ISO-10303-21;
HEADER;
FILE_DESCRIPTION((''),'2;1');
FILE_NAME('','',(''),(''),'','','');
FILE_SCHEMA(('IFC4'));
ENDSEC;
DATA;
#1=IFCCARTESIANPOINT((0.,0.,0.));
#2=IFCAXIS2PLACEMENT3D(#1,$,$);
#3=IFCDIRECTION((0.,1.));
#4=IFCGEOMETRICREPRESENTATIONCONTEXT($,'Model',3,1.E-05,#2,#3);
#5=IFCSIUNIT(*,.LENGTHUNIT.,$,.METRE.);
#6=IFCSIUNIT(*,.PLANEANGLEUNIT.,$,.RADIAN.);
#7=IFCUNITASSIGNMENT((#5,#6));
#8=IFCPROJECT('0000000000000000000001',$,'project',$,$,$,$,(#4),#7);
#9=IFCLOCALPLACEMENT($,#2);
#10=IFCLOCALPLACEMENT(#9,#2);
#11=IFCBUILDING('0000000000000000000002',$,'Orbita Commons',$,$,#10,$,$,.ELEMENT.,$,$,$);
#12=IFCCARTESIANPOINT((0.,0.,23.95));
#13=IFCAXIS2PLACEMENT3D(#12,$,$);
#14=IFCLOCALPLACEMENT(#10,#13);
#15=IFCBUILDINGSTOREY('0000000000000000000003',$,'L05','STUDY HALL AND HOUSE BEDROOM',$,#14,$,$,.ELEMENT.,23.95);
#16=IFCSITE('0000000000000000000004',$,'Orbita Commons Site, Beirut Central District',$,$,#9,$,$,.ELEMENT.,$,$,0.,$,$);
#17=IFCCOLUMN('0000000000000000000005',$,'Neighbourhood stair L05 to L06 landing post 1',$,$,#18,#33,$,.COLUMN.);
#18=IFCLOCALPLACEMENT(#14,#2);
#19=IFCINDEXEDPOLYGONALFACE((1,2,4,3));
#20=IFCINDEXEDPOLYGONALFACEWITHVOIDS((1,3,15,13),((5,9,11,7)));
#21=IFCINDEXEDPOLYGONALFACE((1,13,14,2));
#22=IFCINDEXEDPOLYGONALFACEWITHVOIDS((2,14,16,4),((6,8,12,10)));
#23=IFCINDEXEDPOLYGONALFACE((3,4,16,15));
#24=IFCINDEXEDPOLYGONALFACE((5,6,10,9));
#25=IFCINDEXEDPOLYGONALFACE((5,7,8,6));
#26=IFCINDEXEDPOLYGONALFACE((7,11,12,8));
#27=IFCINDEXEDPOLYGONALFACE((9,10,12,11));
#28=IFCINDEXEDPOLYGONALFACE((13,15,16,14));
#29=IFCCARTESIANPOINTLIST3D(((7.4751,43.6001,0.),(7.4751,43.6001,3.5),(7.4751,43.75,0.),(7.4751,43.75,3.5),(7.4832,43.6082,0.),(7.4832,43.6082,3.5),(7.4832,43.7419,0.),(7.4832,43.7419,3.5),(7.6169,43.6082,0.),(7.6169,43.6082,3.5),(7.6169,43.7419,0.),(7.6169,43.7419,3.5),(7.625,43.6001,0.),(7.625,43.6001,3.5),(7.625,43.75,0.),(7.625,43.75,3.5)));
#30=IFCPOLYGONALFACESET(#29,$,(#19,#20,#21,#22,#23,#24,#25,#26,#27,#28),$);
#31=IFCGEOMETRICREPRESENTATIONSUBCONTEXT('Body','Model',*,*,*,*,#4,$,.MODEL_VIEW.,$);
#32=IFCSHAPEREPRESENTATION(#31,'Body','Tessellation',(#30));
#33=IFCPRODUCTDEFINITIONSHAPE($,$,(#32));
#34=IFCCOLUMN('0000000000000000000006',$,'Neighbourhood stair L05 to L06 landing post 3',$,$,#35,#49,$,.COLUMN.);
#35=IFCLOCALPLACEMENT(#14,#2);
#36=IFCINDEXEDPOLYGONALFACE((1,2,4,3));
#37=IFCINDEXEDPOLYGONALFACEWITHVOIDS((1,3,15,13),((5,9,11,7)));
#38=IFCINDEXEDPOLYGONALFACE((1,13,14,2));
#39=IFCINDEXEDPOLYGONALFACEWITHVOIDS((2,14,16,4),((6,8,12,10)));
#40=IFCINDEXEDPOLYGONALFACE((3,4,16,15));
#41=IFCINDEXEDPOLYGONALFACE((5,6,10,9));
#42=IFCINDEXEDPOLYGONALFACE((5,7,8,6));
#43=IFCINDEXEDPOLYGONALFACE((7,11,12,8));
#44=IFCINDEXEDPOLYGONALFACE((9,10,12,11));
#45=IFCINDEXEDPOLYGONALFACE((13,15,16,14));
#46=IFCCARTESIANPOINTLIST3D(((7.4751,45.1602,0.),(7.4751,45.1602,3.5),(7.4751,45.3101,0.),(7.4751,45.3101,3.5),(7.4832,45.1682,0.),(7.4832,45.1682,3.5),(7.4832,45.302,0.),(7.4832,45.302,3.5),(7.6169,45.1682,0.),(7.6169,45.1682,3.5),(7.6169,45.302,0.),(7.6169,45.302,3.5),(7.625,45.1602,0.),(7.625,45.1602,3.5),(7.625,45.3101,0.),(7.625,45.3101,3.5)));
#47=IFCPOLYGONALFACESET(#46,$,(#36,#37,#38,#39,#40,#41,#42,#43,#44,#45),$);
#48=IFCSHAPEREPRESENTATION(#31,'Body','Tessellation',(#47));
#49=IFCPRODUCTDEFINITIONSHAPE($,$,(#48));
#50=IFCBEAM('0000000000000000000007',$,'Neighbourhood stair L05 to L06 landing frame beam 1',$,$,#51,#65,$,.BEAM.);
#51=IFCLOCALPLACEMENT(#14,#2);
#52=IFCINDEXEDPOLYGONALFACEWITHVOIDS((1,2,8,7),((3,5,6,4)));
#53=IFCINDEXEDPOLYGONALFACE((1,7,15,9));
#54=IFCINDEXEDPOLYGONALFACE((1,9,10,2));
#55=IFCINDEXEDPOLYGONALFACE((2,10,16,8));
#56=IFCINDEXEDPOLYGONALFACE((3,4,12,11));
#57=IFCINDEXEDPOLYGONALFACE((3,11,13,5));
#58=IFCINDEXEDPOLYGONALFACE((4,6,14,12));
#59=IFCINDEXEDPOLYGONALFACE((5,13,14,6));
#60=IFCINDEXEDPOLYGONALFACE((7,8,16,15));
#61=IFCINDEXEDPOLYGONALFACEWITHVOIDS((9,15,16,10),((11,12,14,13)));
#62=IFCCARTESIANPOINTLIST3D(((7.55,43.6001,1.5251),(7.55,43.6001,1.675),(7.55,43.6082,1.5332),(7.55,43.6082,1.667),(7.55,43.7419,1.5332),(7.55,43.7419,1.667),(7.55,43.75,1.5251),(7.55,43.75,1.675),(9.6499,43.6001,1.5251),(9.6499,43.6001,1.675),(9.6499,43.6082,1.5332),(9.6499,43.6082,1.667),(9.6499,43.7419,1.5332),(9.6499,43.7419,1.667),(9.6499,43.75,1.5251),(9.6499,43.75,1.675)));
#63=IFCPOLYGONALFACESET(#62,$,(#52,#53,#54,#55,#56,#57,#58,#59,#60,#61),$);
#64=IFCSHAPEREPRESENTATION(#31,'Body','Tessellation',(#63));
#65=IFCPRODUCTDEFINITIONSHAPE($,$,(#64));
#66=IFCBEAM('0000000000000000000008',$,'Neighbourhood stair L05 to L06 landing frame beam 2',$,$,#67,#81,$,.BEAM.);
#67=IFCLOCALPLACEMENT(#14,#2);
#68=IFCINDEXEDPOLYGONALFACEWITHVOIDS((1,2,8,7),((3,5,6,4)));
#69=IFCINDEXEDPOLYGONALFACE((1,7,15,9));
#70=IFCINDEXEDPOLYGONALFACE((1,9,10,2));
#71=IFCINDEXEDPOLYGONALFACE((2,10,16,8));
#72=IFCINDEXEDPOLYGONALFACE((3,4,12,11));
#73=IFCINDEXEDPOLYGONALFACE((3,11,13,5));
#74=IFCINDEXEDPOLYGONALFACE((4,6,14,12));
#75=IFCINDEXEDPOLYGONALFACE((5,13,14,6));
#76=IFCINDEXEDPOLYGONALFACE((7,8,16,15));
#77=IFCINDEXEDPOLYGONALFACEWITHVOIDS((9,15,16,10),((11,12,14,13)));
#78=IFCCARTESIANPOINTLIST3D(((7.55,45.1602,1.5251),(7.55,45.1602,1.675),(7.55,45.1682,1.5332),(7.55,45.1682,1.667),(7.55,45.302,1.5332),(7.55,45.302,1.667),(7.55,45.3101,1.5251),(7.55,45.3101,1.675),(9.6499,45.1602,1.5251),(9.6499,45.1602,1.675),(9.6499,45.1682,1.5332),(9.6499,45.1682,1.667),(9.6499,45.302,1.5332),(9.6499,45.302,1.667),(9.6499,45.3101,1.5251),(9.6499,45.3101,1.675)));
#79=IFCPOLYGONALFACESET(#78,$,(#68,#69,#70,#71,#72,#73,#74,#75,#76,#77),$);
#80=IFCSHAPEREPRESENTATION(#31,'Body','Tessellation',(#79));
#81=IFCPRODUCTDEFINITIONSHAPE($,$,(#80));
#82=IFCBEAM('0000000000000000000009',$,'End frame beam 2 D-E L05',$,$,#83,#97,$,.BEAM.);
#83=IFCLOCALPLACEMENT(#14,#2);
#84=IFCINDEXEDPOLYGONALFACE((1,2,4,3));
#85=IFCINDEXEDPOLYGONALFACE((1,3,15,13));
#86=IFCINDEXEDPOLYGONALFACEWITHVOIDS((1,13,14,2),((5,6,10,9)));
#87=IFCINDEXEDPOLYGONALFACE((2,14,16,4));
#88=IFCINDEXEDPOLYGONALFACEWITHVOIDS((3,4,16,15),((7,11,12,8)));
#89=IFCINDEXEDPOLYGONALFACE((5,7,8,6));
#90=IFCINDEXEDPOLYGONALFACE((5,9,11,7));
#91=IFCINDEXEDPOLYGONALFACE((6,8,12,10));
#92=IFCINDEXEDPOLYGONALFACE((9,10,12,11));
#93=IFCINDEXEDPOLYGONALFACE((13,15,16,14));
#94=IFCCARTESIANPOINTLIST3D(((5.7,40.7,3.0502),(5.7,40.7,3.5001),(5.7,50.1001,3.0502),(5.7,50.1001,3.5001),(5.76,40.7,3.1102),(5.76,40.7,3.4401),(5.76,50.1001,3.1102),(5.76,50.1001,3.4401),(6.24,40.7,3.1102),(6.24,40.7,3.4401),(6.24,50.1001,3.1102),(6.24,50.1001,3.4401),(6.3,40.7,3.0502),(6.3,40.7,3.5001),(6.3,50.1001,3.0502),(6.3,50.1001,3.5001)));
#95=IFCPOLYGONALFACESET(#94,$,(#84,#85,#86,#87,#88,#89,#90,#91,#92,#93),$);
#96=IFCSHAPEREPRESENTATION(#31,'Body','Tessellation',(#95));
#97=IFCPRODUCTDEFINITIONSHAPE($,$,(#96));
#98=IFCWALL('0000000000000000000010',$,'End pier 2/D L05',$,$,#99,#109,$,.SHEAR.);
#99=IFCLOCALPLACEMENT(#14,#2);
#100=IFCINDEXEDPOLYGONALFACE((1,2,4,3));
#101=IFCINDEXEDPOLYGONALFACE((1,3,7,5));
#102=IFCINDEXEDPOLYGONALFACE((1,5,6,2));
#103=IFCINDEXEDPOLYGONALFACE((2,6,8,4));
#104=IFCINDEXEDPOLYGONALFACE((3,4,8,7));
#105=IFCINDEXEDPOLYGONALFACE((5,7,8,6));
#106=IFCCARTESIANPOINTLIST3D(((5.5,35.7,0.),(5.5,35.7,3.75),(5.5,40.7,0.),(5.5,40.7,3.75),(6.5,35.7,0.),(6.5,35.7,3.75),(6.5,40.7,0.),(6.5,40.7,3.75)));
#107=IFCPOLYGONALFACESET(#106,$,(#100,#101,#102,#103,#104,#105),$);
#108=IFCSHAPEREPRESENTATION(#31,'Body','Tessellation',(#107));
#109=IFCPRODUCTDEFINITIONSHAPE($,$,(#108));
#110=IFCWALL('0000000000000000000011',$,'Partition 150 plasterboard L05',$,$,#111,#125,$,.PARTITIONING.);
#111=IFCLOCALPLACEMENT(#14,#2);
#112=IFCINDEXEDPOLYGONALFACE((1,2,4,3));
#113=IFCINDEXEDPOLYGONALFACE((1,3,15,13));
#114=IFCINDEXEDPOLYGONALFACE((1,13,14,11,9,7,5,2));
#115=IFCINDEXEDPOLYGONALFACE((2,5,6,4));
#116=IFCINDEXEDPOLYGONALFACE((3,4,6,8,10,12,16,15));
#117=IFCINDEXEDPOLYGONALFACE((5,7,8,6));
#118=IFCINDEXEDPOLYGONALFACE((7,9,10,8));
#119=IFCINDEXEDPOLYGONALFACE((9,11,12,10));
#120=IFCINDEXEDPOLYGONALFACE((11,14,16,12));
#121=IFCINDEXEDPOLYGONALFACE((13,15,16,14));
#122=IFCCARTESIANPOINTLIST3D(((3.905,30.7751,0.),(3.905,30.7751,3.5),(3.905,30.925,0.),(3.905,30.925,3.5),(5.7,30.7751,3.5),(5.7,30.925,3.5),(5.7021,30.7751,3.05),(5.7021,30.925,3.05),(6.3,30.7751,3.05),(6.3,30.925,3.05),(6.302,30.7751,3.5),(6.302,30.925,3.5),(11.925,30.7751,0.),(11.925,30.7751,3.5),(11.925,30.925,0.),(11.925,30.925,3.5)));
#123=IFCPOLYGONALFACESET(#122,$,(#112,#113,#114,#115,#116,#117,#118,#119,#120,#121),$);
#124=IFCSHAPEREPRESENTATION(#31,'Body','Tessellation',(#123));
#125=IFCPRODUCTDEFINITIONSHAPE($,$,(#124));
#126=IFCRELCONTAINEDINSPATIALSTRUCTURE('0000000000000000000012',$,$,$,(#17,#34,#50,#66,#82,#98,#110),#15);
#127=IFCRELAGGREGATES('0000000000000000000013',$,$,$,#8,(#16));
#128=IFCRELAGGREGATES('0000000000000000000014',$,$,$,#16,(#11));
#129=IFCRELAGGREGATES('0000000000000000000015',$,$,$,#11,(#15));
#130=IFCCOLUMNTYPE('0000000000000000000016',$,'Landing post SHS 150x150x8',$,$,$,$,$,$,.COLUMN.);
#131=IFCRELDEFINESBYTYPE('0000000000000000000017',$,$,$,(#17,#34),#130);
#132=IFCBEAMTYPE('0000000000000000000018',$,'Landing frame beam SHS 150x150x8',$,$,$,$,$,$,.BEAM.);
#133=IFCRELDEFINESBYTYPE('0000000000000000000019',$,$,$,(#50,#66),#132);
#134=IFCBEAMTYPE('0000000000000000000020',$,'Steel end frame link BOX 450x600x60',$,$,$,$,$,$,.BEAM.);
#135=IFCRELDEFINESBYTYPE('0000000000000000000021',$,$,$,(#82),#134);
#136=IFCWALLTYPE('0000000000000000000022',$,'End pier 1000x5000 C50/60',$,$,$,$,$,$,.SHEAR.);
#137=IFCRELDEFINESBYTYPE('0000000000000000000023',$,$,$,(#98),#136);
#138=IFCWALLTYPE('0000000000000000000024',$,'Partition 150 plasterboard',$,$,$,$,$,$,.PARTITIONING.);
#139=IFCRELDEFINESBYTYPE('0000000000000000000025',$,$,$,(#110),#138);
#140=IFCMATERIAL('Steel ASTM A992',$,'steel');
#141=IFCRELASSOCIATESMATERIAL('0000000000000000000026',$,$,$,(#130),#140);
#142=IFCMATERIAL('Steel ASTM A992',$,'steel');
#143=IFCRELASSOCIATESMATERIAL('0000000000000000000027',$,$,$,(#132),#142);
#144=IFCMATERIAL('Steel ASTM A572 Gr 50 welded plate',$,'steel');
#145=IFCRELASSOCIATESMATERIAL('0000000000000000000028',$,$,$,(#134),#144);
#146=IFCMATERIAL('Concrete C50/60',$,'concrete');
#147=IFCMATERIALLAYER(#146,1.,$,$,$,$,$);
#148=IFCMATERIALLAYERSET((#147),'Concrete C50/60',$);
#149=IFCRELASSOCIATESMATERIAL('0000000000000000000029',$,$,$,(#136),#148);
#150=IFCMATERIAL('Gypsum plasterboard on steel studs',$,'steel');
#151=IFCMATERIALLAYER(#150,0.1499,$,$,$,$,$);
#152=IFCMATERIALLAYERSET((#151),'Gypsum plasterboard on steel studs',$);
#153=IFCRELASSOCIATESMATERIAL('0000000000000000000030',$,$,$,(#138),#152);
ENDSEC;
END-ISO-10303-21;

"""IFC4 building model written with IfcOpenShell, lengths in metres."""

from ifc_helpers import new_model, si_unit, direction, frame, frame_2d, origin, origin_2d, place, context, subcontext, project, spatial, polyline, rectangle, hollow_rectangle, outline, extrude, material, layer, layer_set, material_profile, profile_set, type_object, element, save


model = new_model("IFC4")

# Units and contexts
model_context = context("Model", 3, precision=1e-05, world=origin(), true_north=direction((0.0, 1.0)))
body_context = subcontext(model_context, "Body", "Model", "MODEL_VIEW")
ifc_project = project(units=[si_unit("LENGTHUNIT", "METRE"), si_unit("PLANEANGLEUNIT", "RADIAN")], contexts=[model_context])

# Site, building, storey
site_placement = place(None, origin())
site = spatial("IfcSite", under=ifc_project, at=site_placement, Name="Orbita Commons Site, Beirut Central District", CompositionType="ELEMENT", RefElevation=0.0)
building_placement = place(site_placement, origin())
building = spatial("IfcBuilding", under=site, at=building_placement, Name="Orbita Commons", CompositionType="ELEMENT")
storey_placement = place(building_placement, frame((0.0, 0.0, 23.95)))
storey = spatial("IfcBuildingStorey", under=building, at=storey_placement, Name="L05", Description="STUDY HALL AND HOUSE BEDROOM", CompositionType="ELEMENT", Elevation=23.95)

# Columns
ifc_material_1 = material(Name="Steel ASTM A992", Category="steel")
ifc_material_profile_1 = material_profile(ifc_material_1, hollow_rectangle(XDim=0.1499, YDim=0.1499, WallThickness=0.0081, at=origin_2d()), Name="SHS 150x150x8")
ifc_profile_set_1 = profile_set([ifc_material_profile_1], Name="Steel ASTM A992")
column_type = type_object("IfcColumnType", Name="Landing post SHS 150x150x8", PredefinedType="COLUMN", material=ifc_profile_set_1)
for number, where, z_axis, x_axis, name in (
    (1, (7.55, 43.675, 0.0), (0.0, 0.0, 1.0), (1.0, 0.0, 0.0), "Neighbourhood stair L05 to L06 landing post 1"),
    (2, (7.55, 45.2351, 0.0), (0.0, 0.0, 1.0), (1.0, 0.0, 0.0), "Neighbourhood stair L05 to L06 landing post 3"),
):
    element("IfcColumn", number, at=place(storey_placement, frame(where, z_axis=z_axis, x_axis=x_axis)), inside=storey, type_object=column_type, Name=name, PredefinedType="COLUMN", context=body_context, shape_type="SweptSolid", body=[
        extrude(hollow_rectangle(XDim=0.1499, YDim=0.1499, WallThickness=0.0081, at=origin_2d()), origin(), (0.0, 0.0, 1.0), 3.5),
    ])

# Beams
ifc_material_2 = material(Name="Steel ASTM A992", Category="steel")
ifc_material_profile_2 = material_profile(ifc_material_2, hollow_rectangle(XDim=0.1499, YDim=0.1499, WallThickness=0.0081, at=origin_2d()), Name="SHS 150x150x8")
ifc_profile_set_2 = profile_set([ifc_material_profile_2], Name="Steel ASTM A992")
beam_type_1 = type_object("IfcBeamType", Name="Landing frame beam SHS 150x150x8", PredefinedType="BEAM", material=ifc_profile_set_2)
for number, where, z_axis, x_axis, name in (
    (3, (7.55, 43.675, 1.6001), (1.0, 0.0, 0.0), (0.0, 1.0, 0.0), "Neighbourhood stair L05 to L06 landing frame beam 1"),
    (4, (7.55, 45.2351, 1.6001), (1.0, 0.0, 0.0), (0.0, 1.0, 0.0), "Neighbourhood stair L05 to L06 landing frame beam 2"),
):
    element("IfcBeam", number, at=place(storey_placement, frame(where, z_axis=z_axis, x_axis=x_axis)), inside=storey, type_object=beam_type_1, Name=name, PredefinedType="BEAM", context=body_context, shape_type="SweptSolid", body=[
        extrude(hollow_rectangle(XDim=0.1499, YDim=0.1499, WallThickness=0.0081, at=origin_2d()), origin(), (0.0, 0.0, 1.0), 2.0999),
    ])
ifc_material_3 = material(Name="Steel ASTM A572 Gr 50 welded plate", Category="steel")
ifc_material_profile_3 = material_profile(ifc_material_3, hollow_rectangle(XDim=0.6001, YDim=0.45, WallThickness=0.0601, at=origin_2d()), Name="BOX 450x600x60")
ifc_profile_set_3 = profile_set([ifc_material_profile_3], Name="Steel ASTM A572 Gr 50 welded plate")
beam_type_2 = type_object("IfcBeamType", Name="Steel end frame link BOX 450x600x60", PredefinedType="BEAM", material=ifc_profile_set_3)
beam_placement = place(storey_placement, frame((6.0, 40.7, 3.2751), z_axis=(0.0, 1.0, 0.0), x_axis=(-1.0, 0.0, 0.0)))
element("IfcBeam", 5, at=beam_placement, inside=storey, type_object=beam_type_2, Name="End frame beam 2 D-E L05", PredefinedType="BEAM", context=body_context, shape_type="SweptSolid", body=[
    extrude(hollow_rectangle(XDim=0.6001, YDim=0.45, WallThickness=0.0601, at=origin_2d()), origin(), (0.0, 0.0, 1.0), 9.4001),
])

# Walls
ifc_material_4 = material(Name="Concrete C50/60", Category="concrete")
ifc_layer_1 = layer(ifc_material_4, 1.0)
ifc_layer_set_1 = layer_set([ifc_layer_1], Name="Concrete C50/60")
wall_type_1 = type_object("IfcWallType", Name="End pier 1000x5000 C50/60", PredefinedType="SHEAR", material=ifc_layer_set_1)
wall_1_placement = place(storey_placement, frame((6.0, 35.7, 0.0), z_axis=(0.0, 0.0, 1.0), x_axis=(0.0, 1.0, 0.0)))
element("IfcWall", 6, at=wall_1_placement, inside=storey, type_object=wall_type_1, Name="End pier 2/D L05", PredefinedType="SHEAR", context=body_context, shape_type="SweptSolid", body=[
    extrude(rectangle(XDim=5.0, YDim=1.0, at=frame_2d((2.5, 0.0))), origin(), (0.0, 0.0, 1.0), 3.75),
])
ifc_material_5 = material(Name="Gypsum plasterboard on steel studs", Category="steel")
ifc_layer_2 = layer(ifc_material_5, 0.1499)
ifc_layer_set_2 = layer_set([ifc_layer_2], Name="Gypsum plasterboard on steel studs")
wall_type_2 = type_object("IfcWallType", Name="Partition 150 plasterboard", PredefinedType="PARTITIONING", material=ifc_layer_set_2)
wall_2_placement = place(storey_placement, frame((3.905, 30.8501, 0.0), z_axis=(0.0, 0.0, 1.0), x_axis=(1.0, 0.0, 0.0)))
element("IfcWall", 7, at=wall_2_placement, inside=storey, type_object=wall_type_2, Name="Partition 150 plasterboard L05", PredefinedType="PARTITIONING", context=body_context, shape_type="SweptSolid", body=[
    extrude(outline(polyline([(0.0, 0.0), (8.02, 0.0), (8.02, 3.5), (2.397, 3.5), (2.395, 3.05), (1.7971, 3.05), (1.7949, 3.5), (0.0, 3.5), (0.0, 0.0)])), frame((0.0, 0.075, 0.0), z_axis=(0.0, -1.0, 0.0), x_axis=(1.0, 0.0, 0.0)), (0.0, 0.0, 1.0), 0.1499),
])

save(model, "model.ifc")
